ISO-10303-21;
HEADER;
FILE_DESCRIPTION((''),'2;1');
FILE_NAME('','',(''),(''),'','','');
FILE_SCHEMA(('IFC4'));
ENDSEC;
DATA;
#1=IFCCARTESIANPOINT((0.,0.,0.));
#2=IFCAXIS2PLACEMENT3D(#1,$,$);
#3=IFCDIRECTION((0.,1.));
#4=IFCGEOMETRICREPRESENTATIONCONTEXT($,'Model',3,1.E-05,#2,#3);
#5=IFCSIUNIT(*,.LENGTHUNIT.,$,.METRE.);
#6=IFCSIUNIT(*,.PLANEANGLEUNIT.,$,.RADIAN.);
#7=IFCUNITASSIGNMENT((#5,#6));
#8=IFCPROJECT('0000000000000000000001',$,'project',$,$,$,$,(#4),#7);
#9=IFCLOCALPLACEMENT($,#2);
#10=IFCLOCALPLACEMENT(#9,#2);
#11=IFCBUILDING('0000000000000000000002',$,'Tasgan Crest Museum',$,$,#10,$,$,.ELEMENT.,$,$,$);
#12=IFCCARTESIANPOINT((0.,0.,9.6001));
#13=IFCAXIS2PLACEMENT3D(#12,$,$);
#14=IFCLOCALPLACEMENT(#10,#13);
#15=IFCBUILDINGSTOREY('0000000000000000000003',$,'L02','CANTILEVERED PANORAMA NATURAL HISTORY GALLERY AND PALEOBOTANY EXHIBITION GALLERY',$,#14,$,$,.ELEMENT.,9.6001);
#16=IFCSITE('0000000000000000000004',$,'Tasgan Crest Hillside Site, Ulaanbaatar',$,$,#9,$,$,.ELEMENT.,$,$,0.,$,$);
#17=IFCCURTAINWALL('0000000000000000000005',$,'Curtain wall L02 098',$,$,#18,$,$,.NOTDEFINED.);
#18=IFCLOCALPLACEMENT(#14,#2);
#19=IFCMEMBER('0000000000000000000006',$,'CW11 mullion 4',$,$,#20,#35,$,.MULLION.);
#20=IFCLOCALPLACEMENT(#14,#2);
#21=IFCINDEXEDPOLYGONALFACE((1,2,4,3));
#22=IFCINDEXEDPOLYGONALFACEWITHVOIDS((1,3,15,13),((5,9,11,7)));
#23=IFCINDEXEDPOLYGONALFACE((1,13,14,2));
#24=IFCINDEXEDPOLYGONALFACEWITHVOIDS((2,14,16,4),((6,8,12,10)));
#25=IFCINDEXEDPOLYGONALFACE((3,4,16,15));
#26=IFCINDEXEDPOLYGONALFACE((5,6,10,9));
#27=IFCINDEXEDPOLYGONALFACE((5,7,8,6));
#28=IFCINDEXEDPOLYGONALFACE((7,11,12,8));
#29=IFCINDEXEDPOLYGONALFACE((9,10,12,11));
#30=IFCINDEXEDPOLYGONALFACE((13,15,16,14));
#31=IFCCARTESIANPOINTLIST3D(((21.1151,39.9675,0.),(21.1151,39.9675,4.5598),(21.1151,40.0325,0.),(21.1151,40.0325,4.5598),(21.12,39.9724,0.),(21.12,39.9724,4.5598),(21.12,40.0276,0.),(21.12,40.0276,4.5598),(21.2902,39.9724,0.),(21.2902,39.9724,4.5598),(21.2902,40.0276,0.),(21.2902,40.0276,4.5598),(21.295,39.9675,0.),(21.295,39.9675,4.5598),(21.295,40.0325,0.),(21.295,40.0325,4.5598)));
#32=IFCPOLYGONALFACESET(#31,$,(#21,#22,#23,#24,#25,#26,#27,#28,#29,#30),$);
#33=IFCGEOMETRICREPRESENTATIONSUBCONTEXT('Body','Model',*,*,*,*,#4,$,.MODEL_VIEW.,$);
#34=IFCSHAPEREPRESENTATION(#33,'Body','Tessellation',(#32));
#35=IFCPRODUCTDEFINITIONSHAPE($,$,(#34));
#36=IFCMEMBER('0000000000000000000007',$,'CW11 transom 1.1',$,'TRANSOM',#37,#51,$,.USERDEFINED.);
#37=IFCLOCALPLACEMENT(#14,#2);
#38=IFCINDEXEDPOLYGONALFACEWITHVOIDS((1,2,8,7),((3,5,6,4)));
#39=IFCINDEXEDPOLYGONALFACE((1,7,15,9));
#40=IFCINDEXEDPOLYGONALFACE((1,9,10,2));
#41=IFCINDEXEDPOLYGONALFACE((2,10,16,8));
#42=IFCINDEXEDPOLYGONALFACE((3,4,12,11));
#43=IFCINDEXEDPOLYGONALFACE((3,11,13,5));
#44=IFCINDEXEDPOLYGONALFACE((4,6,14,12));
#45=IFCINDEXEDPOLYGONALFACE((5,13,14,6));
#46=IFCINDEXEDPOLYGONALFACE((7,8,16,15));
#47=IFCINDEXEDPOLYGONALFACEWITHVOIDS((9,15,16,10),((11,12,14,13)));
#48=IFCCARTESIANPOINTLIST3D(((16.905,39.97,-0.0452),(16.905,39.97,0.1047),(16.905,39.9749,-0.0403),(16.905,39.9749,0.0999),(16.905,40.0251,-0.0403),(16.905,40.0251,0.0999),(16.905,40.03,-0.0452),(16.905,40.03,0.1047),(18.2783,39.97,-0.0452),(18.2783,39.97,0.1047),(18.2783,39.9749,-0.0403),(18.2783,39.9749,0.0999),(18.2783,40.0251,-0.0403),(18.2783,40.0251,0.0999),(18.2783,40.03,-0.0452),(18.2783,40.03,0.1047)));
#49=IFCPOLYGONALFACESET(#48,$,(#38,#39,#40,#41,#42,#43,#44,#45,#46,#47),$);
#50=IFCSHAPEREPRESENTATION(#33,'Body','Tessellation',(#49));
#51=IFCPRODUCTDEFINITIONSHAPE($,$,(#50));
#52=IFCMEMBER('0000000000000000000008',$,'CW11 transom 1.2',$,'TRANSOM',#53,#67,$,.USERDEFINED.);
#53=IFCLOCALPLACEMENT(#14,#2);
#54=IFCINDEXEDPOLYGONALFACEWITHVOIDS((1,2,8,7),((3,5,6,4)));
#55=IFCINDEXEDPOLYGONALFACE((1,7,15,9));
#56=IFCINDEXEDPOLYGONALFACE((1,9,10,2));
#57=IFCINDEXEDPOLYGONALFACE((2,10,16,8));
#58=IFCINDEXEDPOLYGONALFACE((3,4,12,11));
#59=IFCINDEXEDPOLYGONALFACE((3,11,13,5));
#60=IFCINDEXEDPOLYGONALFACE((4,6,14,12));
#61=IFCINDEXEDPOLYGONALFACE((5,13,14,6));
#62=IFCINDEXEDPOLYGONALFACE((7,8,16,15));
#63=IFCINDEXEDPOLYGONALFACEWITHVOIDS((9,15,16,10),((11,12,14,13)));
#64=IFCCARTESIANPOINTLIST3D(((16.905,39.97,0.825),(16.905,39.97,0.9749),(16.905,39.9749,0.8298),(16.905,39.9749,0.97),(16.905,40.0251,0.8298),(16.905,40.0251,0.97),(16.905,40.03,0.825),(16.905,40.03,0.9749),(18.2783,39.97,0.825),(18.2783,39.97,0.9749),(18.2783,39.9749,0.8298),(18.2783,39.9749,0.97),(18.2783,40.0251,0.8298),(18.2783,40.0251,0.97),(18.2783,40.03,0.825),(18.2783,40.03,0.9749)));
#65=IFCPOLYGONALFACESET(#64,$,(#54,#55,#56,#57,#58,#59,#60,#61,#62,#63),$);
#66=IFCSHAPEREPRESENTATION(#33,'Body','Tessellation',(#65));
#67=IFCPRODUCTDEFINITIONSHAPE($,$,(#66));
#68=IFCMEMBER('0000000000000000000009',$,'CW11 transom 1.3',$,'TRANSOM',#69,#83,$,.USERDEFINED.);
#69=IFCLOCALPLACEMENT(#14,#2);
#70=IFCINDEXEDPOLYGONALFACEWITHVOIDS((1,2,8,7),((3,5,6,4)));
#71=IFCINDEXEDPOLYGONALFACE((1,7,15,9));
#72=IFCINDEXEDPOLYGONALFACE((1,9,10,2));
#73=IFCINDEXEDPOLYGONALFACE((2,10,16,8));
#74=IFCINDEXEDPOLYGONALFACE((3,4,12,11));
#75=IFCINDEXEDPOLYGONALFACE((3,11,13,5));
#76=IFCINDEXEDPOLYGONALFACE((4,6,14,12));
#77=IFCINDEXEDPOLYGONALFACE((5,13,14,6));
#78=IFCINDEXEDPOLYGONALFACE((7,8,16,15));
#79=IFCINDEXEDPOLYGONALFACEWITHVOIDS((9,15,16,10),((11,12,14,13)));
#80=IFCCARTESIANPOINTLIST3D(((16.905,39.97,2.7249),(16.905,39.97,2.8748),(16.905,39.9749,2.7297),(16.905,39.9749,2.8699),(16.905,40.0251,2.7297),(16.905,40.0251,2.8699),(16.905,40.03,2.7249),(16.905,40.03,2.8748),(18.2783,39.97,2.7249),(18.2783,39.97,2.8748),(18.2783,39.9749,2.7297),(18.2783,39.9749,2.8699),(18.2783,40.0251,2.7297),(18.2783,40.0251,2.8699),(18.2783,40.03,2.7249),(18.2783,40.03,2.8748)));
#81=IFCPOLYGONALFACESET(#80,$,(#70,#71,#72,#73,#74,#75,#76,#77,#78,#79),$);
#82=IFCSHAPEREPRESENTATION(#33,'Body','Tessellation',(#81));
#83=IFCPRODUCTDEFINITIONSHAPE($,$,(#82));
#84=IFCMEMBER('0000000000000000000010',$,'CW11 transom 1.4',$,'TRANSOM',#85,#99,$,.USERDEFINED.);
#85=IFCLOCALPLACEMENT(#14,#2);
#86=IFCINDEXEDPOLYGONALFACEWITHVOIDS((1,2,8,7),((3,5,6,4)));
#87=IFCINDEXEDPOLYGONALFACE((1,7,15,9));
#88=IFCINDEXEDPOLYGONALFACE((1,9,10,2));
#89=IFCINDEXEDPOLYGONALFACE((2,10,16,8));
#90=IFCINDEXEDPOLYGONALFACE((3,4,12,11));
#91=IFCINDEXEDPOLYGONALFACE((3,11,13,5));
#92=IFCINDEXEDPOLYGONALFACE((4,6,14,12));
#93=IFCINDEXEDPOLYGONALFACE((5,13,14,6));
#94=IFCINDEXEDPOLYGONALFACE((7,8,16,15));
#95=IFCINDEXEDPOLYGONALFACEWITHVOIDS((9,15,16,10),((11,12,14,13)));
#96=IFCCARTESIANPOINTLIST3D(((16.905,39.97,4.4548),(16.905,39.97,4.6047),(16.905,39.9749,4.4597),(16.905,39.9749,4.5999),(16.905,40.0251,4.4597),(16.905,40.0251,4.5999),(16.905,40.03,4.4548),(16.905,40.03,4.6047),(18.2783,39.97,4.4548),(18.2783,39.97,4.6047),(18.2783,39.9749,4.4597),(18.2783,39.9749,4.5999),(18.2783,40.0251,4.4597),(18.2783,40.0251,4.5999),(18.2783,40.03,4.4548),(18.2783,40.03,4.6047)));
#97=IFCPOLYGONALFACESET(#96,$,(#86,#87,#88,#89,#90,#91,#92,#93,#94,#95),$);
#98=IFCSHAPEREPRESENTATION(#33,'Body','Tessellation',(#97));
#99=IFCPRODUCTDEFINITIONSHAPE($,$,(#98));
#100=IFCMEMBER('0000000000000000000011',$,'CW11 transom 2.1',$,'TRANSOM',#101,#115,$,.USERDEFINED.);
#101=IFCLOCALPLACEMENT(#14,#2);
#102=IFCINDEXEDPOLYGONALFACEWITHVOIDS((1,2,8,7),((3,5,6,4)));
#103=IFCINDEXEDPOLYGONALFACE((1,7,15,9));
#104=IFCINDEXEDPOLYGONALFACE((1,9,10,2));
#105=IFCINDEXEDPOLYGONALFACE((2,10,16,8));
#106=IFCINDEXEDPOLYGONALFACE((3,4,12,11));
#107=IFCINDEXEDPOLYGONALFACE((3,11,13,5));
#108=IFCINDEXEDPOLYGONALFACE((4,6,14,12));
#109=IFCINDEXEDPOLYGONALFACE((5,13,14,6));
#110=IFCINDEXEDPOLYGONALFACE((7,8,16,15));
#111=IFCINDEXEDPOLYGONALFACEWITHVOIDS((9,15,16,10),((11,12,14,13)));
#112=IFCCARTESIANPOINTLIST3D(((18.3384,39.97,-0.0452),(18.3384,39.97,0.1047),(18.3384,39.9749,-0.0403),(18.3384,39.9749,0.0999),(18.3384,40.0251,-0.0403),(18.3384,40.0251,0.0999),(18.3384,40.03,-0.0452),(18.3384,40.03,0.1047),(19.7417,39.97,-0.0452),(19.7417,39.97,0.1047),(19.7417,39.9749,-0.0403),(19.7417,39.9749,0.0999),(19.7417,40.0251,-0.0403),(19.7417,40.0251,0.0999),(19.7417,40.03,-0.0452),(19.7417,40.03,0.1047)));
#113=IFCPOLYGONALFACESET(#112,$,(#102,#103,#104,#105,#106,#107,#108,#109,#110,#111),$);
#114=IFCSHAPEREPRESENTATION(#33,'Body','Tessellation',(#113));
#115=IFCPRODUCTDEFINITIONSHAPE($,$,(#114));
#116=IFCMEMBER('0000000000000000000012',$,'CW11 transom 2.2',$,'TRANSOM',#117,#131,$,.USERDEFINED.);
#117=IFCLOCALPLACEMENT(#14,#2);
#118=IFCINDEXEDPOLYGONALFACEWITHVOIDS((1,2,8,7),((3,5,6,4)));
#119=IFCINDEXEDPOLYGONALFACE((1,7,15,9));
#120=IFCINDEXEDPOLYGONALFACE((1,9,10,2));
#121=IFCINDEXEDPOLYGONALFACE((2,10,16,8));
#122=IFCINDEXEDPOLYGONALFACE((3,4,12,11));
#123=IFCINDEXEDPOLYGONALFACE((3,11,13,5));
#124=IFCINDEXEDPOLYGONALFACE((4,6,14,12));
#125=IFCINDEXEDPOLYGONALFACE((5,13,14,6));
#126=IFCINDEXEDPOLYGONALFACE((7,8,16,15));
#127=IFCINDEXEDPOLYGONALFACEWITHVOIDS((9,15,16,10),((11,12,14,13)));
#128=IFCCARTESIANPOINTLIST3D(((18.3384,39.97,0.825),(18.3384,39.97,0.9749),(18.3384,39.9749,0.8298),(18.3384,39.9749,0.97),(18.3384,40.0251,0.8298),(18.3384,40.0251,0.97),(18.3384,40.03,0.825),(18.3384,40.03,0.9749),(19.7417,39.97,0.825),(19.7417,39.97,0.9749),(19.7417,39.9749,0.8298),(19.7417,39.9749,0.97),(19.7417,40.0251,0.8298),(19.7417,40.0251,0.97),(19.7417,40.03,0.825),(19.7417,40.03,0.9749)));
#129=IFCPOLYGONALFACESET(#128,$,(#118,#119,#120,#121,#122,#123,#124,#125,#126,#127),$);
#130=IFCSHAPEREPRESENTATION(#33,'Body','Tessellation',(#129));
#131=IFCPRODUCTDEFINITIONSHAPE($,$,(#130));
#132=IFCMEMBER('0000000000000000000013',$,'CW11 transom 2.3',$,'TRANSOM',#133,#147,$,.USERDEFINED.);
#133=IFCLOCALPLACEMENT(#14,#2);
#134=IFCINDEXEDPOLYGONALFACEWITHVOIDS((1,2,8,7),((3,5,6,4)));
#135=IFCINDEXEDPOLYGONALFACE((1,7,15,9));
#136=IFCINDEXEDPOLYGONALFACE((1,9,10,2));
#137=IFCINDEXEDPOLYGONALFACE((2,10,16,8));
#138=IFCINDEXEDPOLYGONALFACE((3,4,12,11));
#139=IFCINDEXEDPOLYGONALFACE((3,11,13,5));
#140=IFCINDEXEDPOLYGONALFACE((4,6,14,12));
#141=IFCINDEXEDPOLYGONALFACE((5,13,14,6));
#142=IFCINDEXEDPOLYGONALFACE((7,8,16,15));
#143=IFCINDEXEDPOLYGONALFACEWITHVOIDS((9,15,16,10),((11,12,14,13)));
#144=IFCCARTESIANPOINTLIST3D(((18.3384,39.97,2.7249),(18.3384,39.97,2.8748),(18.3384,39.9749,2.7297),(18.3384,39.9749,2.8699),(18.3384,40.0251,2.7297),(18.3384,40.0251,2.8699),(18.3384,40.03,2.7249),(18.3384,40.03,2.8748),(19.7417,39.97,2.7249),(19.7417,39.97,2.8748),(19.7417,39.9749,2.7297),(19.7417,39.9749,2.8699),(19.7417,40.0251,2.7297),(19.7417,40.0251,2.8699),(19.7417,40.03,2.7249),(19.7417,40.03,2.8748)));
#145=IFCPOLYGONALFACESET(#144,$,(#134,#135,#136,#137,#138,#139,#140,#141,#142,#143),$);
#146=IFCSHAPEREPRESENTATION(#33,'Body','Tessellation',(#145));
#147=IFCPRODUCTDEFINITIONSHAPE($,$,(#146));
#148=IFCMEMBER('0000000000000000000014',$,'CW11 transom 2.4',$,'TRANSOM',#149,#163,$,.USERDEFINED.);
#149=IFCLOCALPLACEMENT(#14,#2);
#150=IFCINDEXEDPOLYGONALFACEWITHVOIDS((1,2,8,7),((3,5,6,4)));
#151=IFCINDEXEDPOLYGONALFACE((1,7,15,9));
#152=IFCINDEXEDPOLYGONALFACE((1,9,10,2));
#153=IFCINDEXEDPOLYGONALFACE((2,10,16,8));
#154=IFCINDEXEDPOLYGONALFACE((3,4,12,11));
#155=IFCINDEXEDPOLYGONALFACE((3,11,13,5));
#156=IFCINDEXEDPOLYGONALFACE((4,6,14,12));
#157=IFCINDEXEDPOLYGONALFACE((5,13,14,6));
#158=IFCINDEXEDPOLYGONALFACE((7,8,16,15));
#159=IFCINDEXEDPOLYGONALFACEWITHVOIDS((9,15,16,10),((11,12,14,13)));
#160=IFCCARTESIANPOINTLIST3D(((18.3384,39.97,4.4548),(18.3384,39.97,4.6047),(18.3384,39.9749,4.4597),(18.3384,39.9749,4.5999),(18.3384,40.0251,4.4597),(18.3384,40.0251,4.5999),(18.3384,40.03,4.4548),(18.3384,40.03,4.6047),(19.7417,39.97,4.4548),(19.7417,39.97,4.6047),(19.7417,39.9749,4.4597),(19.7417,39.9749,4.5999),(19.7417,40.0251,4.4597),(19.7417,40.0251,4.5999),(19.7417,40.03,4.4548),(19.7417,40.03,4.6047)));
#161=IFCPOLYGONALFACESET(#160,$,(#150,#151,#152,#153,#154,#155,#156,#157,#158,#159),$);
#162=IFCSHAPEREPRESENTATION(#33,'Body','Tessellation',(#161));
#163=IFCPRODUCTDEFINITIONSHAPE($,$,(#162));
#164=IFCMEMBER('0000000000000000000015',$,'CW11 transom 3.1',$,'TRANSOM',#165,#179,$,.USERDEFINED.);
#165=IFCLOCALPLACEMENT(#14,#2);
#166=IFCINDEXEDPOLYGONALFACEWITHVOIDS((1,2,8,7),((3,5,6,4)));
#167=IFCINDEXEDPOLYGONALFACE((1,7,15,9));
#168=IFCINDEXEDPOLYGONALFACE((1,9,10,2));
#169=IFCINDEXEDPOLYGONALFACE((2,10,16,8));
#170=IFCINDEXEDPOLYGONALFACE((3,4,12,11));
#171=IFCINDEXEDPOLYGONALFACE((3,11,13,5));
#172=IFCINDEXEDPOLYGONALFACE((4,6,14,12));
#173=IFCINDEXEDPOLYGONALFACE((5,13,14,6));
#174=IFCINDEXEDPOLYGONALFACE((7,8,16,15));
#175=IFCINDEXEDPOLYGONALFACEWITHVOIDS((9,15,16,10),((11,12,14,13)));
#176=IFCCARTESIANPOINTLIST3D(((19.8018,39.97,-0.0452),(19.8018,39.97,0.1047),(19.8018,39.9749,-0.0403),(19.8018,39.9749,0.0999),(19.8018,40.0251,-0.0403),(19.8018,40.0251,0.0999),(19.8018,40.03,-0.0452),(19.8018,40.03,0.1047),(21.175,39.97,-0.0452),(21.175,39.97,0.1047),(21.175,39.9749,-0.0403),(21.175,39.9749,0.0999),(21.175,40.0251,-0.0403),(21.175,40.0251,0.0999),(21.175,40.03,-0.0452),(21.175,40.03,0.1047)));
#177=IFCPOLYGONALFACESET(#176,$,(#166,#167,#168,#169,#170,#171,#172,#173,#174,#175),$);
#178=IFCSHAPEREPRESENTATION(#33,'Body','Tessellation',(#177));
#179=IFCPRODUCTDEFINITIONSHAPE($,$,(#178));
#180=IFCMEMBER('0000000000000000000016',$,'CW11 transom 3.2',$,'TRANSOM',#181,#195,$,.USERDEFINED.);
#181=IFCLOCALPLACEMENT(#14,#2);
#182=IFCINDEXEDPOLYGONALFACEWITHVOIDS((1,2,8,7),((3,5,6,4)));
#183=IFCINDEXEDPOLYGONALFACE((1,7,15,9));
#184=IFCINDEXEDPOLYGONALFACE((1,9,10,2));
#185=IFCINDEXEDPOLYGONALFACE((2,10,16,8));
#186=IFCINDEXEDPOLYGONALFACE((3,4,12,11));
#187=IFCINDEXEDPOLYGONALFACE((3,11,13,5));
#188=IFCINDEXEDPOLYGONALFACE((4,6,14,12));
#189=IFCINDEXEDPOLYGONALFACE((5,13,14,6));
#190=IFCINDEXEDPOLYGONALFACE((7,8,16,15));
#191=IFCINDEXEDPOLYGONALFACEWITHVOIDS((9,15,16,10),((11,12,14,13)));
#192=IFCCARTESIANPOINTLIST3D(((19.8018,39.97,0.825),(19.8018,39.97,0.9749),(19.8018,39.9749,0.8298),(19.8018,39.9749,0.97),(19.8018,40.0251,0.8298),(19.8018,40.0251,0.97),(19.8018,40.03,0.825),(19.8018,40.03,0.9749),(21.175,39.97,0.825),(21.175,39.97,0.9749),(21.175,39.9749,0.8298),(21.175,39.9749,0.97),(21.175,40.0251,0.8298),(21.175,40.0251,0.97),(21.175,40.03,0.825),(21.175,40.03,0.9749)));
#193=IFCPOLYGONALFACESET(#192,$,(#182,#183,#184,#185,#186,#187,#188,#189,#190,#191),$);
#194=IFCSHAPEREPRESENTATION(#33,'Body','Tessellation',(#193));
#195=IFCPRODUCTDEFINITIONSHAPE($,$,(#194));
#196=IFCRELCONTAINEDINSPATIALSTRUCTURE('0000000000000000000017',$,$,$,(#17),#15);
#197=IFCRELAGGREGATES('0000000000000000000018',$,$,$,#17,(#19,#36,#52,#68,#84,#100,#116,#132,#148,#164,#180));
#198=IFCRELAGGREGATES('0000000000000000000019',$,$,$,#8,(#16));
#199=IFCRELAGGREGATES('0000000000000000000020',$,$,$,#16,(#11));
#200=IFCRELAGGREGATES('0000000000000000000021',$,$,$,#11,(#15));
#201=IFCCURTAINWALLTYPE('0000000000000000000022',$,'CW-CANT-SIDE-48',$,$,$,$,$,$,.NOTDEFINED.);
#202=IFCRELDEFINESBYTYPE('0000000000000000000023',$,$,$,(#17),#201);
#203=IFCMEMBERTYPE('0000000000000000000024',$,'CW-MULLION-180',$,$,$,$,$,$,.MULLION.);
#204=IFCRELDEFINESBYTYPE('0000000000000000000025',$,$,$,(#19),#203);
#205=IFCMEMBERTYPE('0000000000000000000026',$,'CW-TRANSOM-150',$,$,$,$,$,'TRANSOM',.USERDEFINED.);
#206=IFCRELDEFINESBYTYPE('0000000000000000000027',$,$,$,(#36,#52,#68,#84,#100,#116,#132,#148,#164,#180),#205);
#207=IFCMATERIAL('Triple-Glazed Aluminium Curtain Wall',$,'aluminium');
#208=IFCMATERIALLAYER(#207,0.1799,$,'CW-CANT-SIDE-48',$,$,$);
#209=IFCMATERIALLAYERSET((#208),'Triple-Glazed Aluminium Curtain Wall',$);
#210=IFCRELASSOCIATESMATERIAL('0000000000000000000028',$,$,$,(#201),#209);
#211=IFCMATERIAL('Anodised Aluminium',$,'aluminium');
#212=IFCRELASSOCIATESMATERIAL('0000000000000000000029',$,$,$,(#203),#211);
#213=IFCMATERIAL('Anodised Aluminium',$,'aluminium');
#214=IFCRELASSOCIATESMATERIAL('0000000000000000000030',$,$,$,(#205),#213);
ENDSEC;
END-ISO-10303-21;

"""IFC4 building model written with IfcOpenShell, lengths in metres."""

from ifc_helpers import new_model, si_unit, direction, frame, origin, origin_2d, place, context, subcontext, project, spatial, hollow_rectangle, extrude, material, layer, layer_set, material_profile, profile_set, type_object, element, aggregate, save


model = new_model("IFC4")

# Units and contexts
model_context = context("Model", 3, precision=1e-05, world=origin(), true_north=direction((0.0, 1.0)))
body_context = subcontext(model_context, "Body", "Model", "MODEL_VIEW")
ifc_project = project(units=[si_unit("LENGTHUNIT", "METRE"), si_unit("PLANEANGLEUNIT", "RADIAN")], contexts=[model_context])

# Site, building, storey
site_placement = place(None, origin())
site = spatial("IfcSite", under=ifc_project, at=site_placement, Name="Tasgan Crest Hillside Site, Ulaanbaatar", CompositionType="ELEMENT", RefElevation=0.0)
building_placement = place(site_placement, origin())
building = spatial("IfcBuilding", under=site, at=building_placement, Name="Tasgan Crest Museum", CompositionType="ELEMENT")
storey_placement = place(building_placement, frame((0.0, 0.0, 9.6001)))
storey = spatial("IfcBuildingStorey", under=building, at=storey_placement, Name="L02", Description="CANTILEVERED PANORAMA NATURAL HISTORY GALLERY AND PALEOBOTANY EXHIBITION GALLERY", CompositionType="ELEMENT", Elevation=9.6001)

# Curtain wall, members
ifc_material_1 = material(Name="Triple-Glazed Aluminium Curtain Wall", Category="aluminium")
ifc_layer_1 = layer(ifc_material_1, 0.1799, Name="CW-CANT-SIDE-48")
ifc_layer_set_1 = layer_set([ifc_layer_1], Name="Triple-Glazed Aluminium Curtain Wall")
curtain_wall_type = type_object("IfcCurtainWallType", Name="CW-CANT-SIDE-48", PredefinedType="NOTDEFINED", material=ifc_layer_set_1)
curtain_wall_placement = place(storey_placement, origin())
curtain_wall = element("IfcCurtainWall", 1, at=curtain_wall_placement, inside=storey, type_object=curtain_wall_type, Name="Curtain wall L02 098", PredefinedType="NOTDEFINED")
ifc_material_2 = material(Name="Anodised Aluminium", Category="aluminium")
ifc_material_profile_1 = material_profile(ifc_material_2, hollow_rectangle(XDim=0.0649, YDim=0.1799, WallThickness=0.0049, at=origin_2d()), Name="ALU MULLION 180x65x5")
ifc_profile_set_1 = profile_set([ifc_material_profile_1], Name="Anodised Aluminium")
member_type_1 = type_object("IfcMemberType", Name="CW-MULLION-180", PredefinedType="MULLION", material=ifc_profile_set_1)
member_1_placement = place(storey_placement, frame((21.2051, 40.0, 0.0), z_axis=(0.0, 0.0, 1.0), x_axis=(0.0, 1.0, 0.0)))
member_1 = element("IfcMember", 2, at=member_1_placement, type_object=member_type_1, Name="CW11 mullion 4", PredefinedType="MULLION", context=body_context, shape_type="SweptSolid", body=[
    extrude(hollow_rectangle(XDim=0.0649, YDim=0.1799, WallThickness=0.0049, at=origin_2d()), origin(), (0.0, 0.0, 1.0), 4.5598),
])
ifc_material_3 = material(Name="Anodised Aluminium", Category="aluminium")
ifc_material_profile_2 = material_profile(ifc_material_3, hollow_rectangle(XDim=0.0601, YDim=0.1499, WallThickness=0.0049, at=origin_2d()), Name="ALU TRANSOM 150x60x5")
ifc_profile_set_2 = profile_set([ifc_material_profile_2], Name="Anodised Aluminium")
member_type_2 = type_object("IfcMemberType", Name="CW-TRANSOM-150", ElementType="TRANSOM", PredefinedType="USERDEFINED", material=ifc_profile_set_2)
member_2_placement = place(storey_placement, frame((16.905, 40.0, 0.0298), z_axis=(1.0, 0.0, 0.0), x_axis=(0.0, 1.0, 0.0)))
member_2 = element("IfcMember", 3, at=member_2_placement, type_object=member_type_2, Name="CW11 transom 1.1", ObjectType="TRANSOM", PredefinedType="USERDEFINED", context=body_context, shape_type="SweptSolid", body=[
    extrude(hollow_rectangle(XDim=0.0601, YDim=0.1499, WallThickness=0.0049, at=origin_2d()), origin(), (0.0, 0.0, 1.0), 1.3733),
])
member_3_placement = place(storey_placement, frame((16.905, 40.0, 0.8999), z_axis=(1.0, 0.0, 0.0), x_axis=(0.0, 1.0, 0.0)))
member_3 = element("IfcMember", 4, at=member_3_placement, type_object=member_type_2, Name="CW11 transom 1.2", ObjectType="TRANSOM", PredefinedType="USERDEFINED", context=body_context, shape_type="SweptSolid", body=[
    extrude(hollow_rectangle(XDim=0.0601, YDim=0.1499, WallThickness=0.0049, at=origin_2d()), origin(), (0.0, 0.0, 1.0), 1.3733),
])
member_4_placement = place(storey_placement, frame((16.905, 40.0, 2.7998), z_axis=(1.0, 0.0, 0.0), x_axis=(0.0, 1.0, 0.0)))
member_4 = element("IfcMember", 5, at=member_4_placement, type_object=member_type_2, Name="CW11 transom 1.3", ObjectType="TRANSOM", PredefinedType="USERDEFINED", context=body_context, shape_type="SweptSolid", body=[
    extrude(hollow_rectangle(XDim=0.0601, YDim=0.1499, WallThickness=0.0049, at=origin_2d()), origin(), (0.0, 0.0, 1.0), 1.3733),
])
member_5_placement = place(storey_placement, frame((16.905, 40.0, 4.5298), z_axis=(1.0, 0.0, 0.0), x_axis=(0.0, 1.0, 0.0)))
member_5 = element("IfcMember", 6, at=member_5_placement, type_object=member_type_2, Name="CW11 transom 1.4", ObjectType="TRANSOM", PredefinedType="USERDEFINED", context=body_context, shape_type="SweptSolid", body=[
    extrude(hollow_rectangle(XDim=0.0601, YDim=0.1499, WallThickness=0.0049, at=origin_2d()), origin(), (0.0, 0.0, 1.0), 1.3733),
])
member_6_placement = place(storey_placement, frame((18.3384, 40.0, 0.0298), z_axis=(1.0, 0.0, 0.0), x_axis=(0.0, 1.0, 0.0)))
member_6 = element("IfcMember", 7, at=member_6_placement, type_object=member_type_2, Name="CW11 transom 2.1", ObjectType="TRANSOM", PredefinedType="USERDEFINED", context=body_context, shape_type="SweptSolid", body=[
    extrude(hollow_rectangle(XDim=0.0601, YDim=0.1499, WallThickness=0.0049, at=origin_2d()), origin(), (0.0, 0.0, 1.0), 1.4033),
])
member_7_placement = place(storey_placement, frame((18.3384, 40.0, 0.8999), z_axis=(1.0, 0.0, 0.0), x_axis=(0.0, 1.0, 0.0)))
member_7 = element("IfcMember", 8, at=member_7_placement, type_object=member_type_2, Name="CW11 transom 2.2", ObjectType="TRANSOM", PredefinedType="USERDEFINED", context=body_context, shape_type="SweptSolid", body=[
    extrude(hollow_rectangle(XDim=0.0601, YDim=0.1499, WallThickness=0.0049, at=origin_2d()), origin(), (0.0, 0.0, 1.0), 1.4033),
])
member_8_placement = place(storey_placement, frame((18.3384, 40.0, 2.7998), z_axis=(1.0, 0.0, 0.0), x_axis=(0.0, 1.0, 0.0)))
member_8 = element("IfcMember", 9, at=member_8_placement, type_object=member_type_2, Name="CW11 transom 2.3", ObjectType="TRANSOM", PredefinedType="USERDEFINED", context=body_context, shape_type="SweptSolid", body=[
    extrude(hollow_rectangle(XDim=0.0601, YDim=0.1499, WallThickness=0.0049, at=origin_2d()), origin(), (0.0, 0.0, 1.0), 1.4033),
])
member_9_placement = place(storey_placement, frame((18.3384, 40.0, 4.5298), z_axis=(1.0, 0.0, 0.0), x_axis=(0.0, 1.0, 0.0)))
member_9 = element("IfcMember", 10, at=member_9_placement, type_object=member_type_2, Name="CW11 transom 2.4", ObjectType="TRANSOM", PredefinedType="USERDEFINED", context=body_context, shape_type="SweptSolid", body=[
    extrude(hollow_rectangle(XDim=0.0601, YDim=0.1499, WallThickness=0.0049, at=origin_2d()), origin(), (0.0, 0.0, 1.0), 1.4033),
])
member_10_placement = place(storey_placement, frame((19.8018, 40.0, 0.0298), z_axis=(1.0, 0.0, 0.0), x_axis=(0.0, 1.0, 0.0)))
member_10 = element("IfcMember", 11, at=member_10_placement, type_object=member_type_2, Name="CW11 transom 3.1", ObjectType="TRANSOM", PredefinedType="USERDEFINED", context=body_context, shape_type="SweptSolid", body=[
    extrude(hollow_rectangle(XDim=0.0601, YDim=0.1499, WallThickness=0.0049, at=origin_2d()), origin(), (0.0, 0.0, 1.0), 1.3733),
])
member_11_placement = place(storey_placement, frame((19.8018, 40.0, 0.8999), z_axis=(1.0, 0.0, 0.0), x_axis=(0.0, 1.0, 0.0)))
member_11 = element("IfcMember", 12, at=member_11_placement, type_object=member_type_2, Name="CW11 transom 3.2", ObjectType="TRANSOM", PredefinedType="USERDEFINED", context=body_context, shape_type="SweptSolid", body=[
    extrude(hollow_rectangle(XDim=0.0601, YDim=0.1499, WallThickness=0.0049, at=origin_2d()), origin(), (0.0, 0.0, 1.0), 1.3733),
])

aggregate(curtain_wall, [member_1, member_2, member_3, member_4, member_5, member_6, member_7, member_8, member_9, member_10, member_11])

save(model, "model.ifc")
